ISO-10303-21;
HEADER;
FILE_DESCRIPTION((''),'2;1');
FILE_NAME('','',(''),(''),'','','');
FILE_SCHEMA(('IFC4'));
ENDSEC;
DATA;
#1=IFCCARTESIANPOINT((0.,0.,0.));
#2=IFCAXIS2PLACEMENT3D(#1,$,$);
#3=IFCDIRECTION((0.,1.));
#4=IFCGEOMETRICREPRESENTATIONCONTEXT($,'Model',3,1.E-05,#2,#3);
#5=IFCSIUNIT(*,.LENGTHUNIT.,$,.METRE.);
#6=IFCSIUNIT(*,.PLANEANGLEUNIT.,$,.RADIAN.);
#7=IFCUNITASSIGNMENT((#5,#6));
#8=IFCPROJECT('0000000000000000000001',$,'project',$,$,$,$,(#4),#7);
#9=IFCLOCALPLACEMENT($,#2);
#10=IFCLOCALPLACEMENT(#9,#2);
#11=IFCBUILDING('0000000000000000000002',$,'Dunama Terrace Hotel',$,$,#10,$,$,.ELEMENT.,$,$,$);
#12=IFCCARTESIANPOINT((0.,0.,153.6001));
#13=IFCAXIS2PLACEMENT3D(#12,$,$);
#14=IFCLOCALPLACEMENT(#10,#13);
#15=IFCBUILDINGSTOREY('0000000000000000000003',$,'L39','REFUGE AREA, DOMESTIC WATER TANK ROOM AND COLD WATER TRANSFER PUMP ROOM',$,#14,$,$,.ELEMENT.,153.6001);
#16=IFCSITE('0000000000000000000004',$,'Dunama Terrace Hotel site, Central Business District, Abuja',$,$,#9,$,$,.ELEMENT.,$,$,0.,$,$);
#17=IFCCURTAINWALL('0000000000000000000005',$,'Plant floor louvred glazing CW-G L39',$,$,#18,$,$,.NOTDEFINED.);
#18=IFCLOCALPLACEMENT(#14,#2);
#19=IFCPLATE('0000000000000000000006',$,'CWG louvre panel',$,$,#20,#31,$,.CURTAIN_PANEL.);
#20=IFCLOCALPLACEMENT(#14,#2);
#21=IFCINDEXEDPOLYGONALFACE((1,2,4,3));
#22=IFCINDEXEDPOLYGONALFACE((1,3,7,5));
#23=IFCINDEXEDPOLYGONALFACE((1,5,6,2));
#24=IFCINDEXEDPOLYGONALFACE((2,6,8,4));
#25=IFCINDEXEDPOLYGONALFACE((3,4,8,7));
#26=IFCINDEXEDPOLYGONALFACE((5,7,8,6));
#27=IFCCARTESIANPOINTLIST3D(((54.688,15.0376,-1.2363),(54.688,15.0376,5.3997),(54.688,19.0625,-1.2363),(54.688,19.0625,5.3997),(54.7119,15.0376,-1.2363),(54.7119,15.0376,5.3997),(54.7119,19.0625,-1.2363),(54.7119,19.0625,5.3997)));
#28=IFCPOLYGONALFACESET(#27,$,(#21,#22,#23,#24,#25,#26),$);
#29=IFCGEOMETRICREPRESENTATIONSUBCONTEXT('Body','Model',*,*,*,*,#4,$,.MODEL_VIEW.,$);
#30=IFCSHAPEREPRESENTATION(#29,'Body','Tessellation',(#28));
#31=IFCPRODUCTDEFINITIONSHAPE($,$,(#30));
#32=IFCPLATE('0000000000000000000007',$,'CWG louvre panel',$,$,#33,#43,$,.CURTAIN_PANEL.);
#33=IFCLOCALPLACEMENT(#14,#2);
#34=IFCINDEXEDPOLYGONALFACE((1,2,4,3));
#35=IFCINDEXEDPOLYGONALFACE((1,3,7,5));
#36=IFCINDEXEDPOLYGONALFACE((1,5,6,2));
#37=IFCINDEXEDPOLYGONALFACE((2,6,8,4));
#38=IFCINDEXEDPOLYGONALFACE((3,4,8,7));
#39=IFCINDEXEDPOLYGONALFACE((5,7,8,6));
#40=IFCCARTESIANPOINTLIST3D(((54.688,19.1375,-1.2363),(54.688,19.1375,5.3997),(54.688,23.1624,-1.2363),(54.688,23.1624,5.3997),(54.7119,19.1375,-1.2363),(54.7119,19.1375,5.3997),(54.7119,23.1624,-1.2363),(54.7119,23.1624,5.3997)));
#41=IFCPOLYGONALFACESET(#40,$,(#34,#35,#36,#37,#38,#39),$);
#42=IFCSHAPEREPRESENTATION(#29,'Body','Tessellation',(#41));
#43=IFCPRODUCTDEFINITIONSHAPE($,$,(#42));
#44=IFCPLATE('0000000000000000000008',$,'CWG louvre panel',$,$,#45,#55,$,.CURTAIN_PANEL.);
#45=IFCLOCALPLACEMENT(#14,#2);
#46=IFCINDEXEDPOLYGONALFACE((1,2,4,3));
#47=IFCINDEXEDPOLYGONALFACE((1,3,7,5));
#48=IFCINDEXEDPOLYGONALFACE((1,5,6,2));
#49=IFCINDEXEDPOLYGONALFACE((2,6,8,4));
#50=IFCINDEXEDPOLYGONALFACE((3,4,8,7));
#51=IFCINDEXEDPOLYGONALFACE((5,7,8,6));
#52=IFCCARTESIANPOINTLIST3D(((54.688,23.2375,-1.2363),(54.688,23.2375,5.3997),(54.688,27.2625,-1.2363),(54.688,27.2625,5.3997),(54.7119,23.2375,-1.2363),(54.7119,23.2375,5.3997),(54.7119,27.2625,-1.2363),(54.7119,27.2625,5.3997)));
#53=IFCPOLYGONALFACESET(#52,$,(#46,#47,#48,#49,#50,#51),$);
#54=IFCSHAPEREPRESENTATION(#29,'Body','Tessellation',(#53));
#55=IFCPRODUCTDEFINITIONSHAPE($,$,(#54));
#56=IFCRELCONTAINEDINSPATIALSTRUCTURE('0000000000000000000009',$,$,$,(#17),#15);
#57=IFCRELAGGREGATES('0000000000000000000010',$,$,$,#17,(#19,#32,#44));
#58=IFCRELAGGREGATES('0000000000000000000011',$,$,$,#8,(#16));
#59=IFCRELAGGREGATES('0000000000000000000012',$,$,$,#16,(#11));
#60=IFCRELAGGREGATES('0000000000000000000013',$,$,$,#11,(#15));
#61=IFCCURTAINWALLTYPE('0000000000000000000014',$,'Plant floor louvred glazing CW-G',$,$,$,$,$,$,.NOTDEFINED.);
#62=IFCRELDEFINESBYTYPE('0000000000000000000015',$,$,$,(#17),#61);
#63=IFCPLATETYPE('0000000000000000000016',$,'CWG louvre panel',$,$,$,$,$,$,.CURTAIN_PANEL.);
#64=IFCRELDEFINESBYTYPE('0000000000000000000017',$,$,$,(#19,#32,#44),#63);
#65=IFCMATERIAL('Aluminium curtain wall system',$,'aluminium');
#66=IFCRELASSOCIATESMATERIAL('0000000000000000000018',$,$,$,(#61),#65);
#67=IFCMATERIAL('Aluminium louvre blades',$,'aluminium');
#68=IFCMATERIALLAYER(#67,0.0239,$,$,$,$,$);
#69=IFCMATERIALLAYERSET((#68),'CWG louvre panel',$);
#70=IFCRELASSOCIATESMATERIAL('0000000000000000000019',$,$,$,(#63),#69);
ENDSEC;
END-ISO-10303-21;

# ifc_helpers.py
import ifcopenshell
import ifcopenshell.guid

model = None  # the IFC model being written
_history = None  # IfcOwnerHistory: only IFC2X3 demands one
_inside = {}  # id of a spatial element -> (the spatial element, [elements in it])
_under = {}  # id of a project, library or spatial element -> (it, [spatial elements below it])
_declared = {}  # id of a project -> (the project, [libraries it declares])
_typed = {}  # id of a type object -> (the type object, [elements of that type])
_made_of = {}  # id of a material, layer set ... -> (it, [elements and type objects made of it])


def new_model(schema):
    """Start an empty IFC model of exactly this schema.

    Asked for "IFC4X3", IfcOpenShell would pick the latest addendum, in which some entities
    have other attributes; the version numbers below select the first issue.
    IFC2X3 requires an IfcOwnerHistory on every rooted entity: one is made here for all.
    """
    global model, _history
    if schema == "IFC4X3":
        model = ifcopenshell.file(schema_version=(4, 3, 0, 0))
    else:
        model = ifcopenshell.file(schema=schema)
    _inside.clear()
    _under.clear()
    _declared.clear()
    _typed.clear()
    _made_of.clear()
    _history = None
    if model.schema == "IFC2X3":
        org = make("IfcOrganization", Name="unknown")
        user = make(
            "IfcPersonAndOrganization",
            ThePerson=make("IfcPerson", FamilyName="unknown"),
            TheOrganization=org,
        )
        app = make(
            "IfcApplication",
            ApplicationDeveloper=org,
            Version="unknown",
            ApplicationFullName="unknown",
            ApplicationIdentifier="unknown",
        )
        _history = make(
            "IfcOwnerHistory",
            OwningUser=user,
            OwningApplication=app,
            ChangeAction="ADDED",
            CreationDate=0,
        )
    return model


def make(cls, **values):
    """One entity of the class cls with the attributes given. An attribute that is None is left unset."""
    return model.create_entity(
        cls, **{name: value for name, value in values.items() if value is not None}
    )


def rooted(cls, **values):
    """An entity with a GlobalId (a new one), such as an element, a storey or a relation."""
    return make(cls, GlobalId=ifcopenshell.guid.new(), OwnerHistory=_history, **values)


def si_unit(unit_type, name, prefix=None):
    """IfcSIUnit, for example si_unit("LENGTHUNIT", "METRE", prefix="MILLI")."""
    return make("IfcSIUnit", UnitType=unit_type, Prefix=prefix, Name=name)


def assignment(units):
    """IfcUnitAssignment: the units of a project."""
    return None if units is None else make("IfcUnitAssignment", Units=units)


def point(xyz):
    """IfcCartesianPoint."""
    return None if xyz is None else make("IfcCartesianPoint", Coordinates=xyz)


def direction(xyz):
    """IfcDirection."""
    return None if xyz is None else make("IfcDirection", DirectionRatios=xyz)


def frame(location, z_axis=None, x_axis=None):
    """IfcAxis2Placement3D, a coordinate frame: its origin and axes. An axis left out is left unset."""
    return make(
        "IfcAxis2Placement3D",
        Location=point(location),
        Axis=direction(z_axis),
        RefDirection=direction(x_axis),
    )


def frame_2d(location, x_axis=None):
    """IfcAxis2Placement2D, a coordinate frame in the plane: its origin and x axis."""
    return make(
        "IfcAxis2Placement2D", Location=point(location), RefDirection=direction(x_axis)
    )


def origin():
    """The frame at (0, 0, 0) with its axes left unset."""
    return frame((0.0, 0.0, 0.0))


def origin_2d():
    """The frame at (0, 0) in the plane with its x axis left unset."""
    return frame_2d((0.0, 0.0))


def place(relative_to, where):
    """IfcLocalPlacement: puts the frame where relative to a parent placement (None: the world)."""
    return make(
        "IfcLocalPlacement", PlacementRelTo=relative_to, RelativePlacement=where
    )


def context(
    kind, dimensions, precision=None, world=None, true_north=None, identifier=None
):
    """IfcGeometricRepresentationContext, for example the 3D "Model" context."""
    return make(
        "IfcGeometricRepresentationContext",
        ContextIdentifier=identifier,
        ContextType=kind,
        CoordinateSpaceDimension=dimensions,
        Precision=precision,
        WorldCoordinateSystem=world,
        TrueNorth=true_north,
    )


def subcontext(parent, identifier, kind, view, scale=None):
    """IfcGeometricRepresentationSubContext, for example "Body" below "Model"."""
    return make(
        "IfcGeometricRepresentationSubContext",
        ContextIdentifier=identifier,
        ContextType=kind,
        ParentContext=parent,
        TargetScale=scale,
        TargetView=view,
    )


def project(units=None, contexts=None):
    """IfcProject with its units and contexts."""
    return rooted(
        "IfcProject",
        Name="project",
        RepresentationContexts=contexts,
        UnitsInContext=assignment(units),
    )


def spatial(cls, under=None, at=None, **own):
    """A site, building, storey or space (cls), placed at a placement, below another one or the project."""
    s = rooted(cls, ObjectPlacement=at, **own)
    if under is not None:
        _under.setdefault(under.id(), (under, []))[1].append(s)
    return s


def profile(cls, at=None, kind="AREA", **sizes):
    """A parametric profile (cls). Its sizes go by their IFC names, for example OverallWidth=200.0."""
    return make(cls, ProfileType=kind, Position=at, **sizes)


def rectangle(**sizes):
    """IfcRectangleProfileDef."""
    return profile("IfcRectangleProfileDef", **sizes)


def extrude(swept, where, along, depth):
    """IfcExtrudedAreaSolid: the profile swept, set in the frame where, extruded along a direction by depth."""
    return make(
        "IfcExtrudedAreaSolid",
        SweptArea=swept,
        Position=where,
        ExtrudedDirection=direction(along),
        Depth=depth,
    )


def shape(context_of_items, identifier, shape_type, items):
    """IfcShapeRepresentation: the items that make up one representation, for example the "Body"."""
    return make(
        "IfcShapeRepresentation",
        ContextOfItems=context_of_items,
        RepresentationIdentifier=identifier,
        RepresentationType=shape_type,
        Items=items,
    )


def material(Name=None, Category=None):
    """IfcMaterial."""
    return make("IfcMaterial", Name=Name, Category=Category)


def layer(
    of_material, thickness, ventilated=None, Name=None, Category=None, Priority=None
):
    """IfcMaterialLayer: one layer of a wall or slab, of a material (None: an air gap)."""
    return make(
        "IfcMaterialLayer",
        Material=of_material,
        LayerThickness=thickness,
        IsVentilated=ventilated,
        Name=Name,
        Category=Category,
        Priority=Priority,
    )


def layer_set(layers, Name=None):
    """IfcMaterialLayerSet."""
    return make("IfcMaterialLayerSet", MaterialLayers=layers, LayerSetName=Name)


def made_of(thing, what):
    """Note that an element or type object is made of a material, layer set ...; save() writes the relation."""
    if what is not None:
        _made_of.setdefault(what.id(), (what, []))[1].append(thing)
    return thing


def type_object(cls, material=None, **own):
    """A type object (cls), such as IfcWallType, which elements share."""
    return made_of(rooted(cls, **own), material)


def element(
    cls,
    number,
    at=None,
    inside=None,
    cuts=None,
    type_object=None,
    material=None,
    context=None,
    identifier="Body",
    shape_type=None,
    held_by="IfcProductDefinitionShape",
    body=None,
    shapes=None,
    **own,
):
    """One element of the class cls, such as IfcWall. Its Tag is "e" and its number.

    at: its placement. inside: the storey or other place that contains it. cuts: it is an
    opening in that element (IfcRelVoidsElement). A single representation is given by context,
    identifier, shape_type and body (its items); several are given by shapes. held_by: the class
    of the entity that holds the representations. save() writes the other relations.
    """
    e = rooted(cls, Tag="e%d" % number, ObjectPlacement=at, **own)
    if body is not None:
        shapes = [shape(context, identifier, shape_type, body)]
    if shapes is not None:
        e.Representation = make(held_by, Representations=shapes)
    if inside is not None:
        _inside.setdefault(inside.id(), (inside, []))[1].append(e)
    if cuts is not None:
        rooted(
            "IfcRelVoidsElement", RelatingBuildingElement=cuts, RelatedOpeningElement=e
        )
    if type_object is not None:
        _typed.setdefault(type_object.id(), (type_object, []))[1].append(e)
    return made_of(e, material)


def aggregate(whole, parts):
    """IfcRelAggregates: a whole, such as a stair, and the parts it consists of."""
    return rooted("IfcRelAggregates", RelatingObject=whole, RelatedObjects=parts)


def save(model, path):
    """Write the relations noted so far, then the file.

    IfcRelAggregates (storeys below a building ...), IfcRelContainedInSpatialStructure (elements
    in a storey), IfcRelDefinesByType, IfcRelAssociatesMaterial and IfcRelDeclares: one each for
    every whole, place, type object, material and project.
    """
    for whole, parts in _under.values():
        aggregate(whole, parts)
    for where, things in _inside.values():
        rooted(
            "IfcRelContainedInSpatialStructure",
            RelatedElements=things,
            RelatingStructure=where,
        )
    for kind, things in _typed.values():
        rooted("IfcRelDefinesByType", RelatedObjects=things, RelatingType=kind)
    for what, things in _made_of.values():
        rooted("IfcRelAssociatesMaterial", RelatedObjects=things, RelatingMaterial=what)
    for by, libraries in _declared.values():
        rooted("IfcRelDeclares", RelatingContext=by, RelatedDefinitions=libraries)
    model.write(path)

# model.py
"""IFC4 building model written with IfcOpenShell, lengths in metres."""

from ifc_helpers import new_model, si_unit, direction, frame, origin, origin_2d, place, context, subcontext, project, spatial, rectangle, extrude, material, layer, layer_set, type_object, element, aggregate, save


model = new_model("IFC4")

# Units and contexts
model_context = context("Model", 3, precision=1e-05, world=origin(), true_north=direction((0.0, 1.0)))
body_context = subcontext(model_context, "Body", "Model", "MODEL_VIEW")
ifc_project = project(units=[si_unit("LENGTHUNIT", "METRE"), si_unit("PLANEANGLEUNIT", "RADIAN")], contexts=[model_context])

# Site, building, storey
site_placement = place(None, origin())
site = spatial("IfcSite", under=ifc_project, at=site_placement, Name="Dunama Terrace Hotel site, Central Business District, Abuja", CompositionType="ELEMENT", RefElevation=0.0)
building_placement = place(site_placement, origin())
building = spatial("IfcBuilding", under=site, at=building_placement, Name="Dunama Terrace Hotel", CompositionType="ELEMENT")
storey_placement = place(building_placement, frame((0.0, 0.0, 153.6001)))
storey = spatial("IfcBuildingStorey", under=building, at=storey_placement, Name="L39", Description="REFUGE AREA, DOMESTIC WATER TANK ROOM AND COLD WATER TRANSFER PUMP ROOM", CompositionType="ELEMENT", Elevation=153.6001)

# Curtain wall
ifc_material_1 = material(Name="Aluminium curtain wall system", Category="aluminium")
curtain_wall_type = type_object("IfcCurtainWallType", Name="Plant floor louvred glazing CW-G", PredefinedType="NOTDEFINED", material=ifc_material_1)
curtain_wall_placement = place(storey_placement, origin())
curtain_wall = element("IfcCurtainWall", 1, at=curtain_wall_placement, inside=storey, type_object=curtain_wall_type, Name="Plant floor louvred glazing CW-G L39", PredefinedType="NOTDEFINED")

# Plates
ifc_material_2 = material(Name="Aluminium louvre blades", Category="aluminium")
ifc_layer = layer(ifc_material_2, 0.0239)
ifc_layer_set = layer_set([ifc_layer], Name="CWG louvre panel")
plate_type = type_object("IfcPlateType", Name="CWG louvre panel", PredefinedType="CURTAIN_PANEL", material=ifc_layer_set)
plate_1_placement = place(storey_placement, frame((54.7, 17.05, -1.2363), z_axis=(0.0, 0.0, 1.0), x_axis=(0.0, 1.0, 0.0)))
plate_1 = element("IfcPlate", 2, at=plate_1_placement, type_object=plate_type, Name="CWG louvre panel", PredefinedType="CURTAIN_PANEL", context=body_context, shape_type="SweptSolid", body=[
    extrude(rectangle(XDim=4.0249, YDim=0.0239, at=origin_2d()), origin(), (0.0, 0.0, 1.0), 6.636),
])
plate_2_placement = place(storey_placement, frame((54.7, 21.1499, -1.2363), z_axis=(0.0, 0.0, 1.0), x_axis=(0.0, 1.0, 0.0)))
plate_2 = element("IfcPlate", 3, at=plate_2_placement, type_object=plate_type, Name="CWG louvre panel", PredefinedType="CURTAIN_PANEL", context=body_context, shape_type="SweptSolid", body=[
    extrude(rectangle(XDim=4.0249, YDim=0.0239, at=origin_2d()), origin(), (0.0, 0.0, 1.0), 6.636),
])
plate_3_placement = place(storey_placement, frame((54.7, 25.25, -1.2363), z_axis=(0.0, 0.0, 1.0), x_axis=(0.0, 1.0, 0.0)))
plate_3 = element("IfcPlate", 4, at=plate_3_placement, type_object=plate_type, Name="CWG louvre panel", PredefinedType="CURTAIN_PANEL", context=body_context, shape_type="SweptSolid", body=[
    extrude(rectangle(XDim=4.0249, YDim=0.0239, at=origin_2d()), origin(), (0.0, 0.0, 1.0), 6.636),
])
aggregate(curtain_wall, [plate_1, plate_2, plate_3])

save(model, "model.ifc")
